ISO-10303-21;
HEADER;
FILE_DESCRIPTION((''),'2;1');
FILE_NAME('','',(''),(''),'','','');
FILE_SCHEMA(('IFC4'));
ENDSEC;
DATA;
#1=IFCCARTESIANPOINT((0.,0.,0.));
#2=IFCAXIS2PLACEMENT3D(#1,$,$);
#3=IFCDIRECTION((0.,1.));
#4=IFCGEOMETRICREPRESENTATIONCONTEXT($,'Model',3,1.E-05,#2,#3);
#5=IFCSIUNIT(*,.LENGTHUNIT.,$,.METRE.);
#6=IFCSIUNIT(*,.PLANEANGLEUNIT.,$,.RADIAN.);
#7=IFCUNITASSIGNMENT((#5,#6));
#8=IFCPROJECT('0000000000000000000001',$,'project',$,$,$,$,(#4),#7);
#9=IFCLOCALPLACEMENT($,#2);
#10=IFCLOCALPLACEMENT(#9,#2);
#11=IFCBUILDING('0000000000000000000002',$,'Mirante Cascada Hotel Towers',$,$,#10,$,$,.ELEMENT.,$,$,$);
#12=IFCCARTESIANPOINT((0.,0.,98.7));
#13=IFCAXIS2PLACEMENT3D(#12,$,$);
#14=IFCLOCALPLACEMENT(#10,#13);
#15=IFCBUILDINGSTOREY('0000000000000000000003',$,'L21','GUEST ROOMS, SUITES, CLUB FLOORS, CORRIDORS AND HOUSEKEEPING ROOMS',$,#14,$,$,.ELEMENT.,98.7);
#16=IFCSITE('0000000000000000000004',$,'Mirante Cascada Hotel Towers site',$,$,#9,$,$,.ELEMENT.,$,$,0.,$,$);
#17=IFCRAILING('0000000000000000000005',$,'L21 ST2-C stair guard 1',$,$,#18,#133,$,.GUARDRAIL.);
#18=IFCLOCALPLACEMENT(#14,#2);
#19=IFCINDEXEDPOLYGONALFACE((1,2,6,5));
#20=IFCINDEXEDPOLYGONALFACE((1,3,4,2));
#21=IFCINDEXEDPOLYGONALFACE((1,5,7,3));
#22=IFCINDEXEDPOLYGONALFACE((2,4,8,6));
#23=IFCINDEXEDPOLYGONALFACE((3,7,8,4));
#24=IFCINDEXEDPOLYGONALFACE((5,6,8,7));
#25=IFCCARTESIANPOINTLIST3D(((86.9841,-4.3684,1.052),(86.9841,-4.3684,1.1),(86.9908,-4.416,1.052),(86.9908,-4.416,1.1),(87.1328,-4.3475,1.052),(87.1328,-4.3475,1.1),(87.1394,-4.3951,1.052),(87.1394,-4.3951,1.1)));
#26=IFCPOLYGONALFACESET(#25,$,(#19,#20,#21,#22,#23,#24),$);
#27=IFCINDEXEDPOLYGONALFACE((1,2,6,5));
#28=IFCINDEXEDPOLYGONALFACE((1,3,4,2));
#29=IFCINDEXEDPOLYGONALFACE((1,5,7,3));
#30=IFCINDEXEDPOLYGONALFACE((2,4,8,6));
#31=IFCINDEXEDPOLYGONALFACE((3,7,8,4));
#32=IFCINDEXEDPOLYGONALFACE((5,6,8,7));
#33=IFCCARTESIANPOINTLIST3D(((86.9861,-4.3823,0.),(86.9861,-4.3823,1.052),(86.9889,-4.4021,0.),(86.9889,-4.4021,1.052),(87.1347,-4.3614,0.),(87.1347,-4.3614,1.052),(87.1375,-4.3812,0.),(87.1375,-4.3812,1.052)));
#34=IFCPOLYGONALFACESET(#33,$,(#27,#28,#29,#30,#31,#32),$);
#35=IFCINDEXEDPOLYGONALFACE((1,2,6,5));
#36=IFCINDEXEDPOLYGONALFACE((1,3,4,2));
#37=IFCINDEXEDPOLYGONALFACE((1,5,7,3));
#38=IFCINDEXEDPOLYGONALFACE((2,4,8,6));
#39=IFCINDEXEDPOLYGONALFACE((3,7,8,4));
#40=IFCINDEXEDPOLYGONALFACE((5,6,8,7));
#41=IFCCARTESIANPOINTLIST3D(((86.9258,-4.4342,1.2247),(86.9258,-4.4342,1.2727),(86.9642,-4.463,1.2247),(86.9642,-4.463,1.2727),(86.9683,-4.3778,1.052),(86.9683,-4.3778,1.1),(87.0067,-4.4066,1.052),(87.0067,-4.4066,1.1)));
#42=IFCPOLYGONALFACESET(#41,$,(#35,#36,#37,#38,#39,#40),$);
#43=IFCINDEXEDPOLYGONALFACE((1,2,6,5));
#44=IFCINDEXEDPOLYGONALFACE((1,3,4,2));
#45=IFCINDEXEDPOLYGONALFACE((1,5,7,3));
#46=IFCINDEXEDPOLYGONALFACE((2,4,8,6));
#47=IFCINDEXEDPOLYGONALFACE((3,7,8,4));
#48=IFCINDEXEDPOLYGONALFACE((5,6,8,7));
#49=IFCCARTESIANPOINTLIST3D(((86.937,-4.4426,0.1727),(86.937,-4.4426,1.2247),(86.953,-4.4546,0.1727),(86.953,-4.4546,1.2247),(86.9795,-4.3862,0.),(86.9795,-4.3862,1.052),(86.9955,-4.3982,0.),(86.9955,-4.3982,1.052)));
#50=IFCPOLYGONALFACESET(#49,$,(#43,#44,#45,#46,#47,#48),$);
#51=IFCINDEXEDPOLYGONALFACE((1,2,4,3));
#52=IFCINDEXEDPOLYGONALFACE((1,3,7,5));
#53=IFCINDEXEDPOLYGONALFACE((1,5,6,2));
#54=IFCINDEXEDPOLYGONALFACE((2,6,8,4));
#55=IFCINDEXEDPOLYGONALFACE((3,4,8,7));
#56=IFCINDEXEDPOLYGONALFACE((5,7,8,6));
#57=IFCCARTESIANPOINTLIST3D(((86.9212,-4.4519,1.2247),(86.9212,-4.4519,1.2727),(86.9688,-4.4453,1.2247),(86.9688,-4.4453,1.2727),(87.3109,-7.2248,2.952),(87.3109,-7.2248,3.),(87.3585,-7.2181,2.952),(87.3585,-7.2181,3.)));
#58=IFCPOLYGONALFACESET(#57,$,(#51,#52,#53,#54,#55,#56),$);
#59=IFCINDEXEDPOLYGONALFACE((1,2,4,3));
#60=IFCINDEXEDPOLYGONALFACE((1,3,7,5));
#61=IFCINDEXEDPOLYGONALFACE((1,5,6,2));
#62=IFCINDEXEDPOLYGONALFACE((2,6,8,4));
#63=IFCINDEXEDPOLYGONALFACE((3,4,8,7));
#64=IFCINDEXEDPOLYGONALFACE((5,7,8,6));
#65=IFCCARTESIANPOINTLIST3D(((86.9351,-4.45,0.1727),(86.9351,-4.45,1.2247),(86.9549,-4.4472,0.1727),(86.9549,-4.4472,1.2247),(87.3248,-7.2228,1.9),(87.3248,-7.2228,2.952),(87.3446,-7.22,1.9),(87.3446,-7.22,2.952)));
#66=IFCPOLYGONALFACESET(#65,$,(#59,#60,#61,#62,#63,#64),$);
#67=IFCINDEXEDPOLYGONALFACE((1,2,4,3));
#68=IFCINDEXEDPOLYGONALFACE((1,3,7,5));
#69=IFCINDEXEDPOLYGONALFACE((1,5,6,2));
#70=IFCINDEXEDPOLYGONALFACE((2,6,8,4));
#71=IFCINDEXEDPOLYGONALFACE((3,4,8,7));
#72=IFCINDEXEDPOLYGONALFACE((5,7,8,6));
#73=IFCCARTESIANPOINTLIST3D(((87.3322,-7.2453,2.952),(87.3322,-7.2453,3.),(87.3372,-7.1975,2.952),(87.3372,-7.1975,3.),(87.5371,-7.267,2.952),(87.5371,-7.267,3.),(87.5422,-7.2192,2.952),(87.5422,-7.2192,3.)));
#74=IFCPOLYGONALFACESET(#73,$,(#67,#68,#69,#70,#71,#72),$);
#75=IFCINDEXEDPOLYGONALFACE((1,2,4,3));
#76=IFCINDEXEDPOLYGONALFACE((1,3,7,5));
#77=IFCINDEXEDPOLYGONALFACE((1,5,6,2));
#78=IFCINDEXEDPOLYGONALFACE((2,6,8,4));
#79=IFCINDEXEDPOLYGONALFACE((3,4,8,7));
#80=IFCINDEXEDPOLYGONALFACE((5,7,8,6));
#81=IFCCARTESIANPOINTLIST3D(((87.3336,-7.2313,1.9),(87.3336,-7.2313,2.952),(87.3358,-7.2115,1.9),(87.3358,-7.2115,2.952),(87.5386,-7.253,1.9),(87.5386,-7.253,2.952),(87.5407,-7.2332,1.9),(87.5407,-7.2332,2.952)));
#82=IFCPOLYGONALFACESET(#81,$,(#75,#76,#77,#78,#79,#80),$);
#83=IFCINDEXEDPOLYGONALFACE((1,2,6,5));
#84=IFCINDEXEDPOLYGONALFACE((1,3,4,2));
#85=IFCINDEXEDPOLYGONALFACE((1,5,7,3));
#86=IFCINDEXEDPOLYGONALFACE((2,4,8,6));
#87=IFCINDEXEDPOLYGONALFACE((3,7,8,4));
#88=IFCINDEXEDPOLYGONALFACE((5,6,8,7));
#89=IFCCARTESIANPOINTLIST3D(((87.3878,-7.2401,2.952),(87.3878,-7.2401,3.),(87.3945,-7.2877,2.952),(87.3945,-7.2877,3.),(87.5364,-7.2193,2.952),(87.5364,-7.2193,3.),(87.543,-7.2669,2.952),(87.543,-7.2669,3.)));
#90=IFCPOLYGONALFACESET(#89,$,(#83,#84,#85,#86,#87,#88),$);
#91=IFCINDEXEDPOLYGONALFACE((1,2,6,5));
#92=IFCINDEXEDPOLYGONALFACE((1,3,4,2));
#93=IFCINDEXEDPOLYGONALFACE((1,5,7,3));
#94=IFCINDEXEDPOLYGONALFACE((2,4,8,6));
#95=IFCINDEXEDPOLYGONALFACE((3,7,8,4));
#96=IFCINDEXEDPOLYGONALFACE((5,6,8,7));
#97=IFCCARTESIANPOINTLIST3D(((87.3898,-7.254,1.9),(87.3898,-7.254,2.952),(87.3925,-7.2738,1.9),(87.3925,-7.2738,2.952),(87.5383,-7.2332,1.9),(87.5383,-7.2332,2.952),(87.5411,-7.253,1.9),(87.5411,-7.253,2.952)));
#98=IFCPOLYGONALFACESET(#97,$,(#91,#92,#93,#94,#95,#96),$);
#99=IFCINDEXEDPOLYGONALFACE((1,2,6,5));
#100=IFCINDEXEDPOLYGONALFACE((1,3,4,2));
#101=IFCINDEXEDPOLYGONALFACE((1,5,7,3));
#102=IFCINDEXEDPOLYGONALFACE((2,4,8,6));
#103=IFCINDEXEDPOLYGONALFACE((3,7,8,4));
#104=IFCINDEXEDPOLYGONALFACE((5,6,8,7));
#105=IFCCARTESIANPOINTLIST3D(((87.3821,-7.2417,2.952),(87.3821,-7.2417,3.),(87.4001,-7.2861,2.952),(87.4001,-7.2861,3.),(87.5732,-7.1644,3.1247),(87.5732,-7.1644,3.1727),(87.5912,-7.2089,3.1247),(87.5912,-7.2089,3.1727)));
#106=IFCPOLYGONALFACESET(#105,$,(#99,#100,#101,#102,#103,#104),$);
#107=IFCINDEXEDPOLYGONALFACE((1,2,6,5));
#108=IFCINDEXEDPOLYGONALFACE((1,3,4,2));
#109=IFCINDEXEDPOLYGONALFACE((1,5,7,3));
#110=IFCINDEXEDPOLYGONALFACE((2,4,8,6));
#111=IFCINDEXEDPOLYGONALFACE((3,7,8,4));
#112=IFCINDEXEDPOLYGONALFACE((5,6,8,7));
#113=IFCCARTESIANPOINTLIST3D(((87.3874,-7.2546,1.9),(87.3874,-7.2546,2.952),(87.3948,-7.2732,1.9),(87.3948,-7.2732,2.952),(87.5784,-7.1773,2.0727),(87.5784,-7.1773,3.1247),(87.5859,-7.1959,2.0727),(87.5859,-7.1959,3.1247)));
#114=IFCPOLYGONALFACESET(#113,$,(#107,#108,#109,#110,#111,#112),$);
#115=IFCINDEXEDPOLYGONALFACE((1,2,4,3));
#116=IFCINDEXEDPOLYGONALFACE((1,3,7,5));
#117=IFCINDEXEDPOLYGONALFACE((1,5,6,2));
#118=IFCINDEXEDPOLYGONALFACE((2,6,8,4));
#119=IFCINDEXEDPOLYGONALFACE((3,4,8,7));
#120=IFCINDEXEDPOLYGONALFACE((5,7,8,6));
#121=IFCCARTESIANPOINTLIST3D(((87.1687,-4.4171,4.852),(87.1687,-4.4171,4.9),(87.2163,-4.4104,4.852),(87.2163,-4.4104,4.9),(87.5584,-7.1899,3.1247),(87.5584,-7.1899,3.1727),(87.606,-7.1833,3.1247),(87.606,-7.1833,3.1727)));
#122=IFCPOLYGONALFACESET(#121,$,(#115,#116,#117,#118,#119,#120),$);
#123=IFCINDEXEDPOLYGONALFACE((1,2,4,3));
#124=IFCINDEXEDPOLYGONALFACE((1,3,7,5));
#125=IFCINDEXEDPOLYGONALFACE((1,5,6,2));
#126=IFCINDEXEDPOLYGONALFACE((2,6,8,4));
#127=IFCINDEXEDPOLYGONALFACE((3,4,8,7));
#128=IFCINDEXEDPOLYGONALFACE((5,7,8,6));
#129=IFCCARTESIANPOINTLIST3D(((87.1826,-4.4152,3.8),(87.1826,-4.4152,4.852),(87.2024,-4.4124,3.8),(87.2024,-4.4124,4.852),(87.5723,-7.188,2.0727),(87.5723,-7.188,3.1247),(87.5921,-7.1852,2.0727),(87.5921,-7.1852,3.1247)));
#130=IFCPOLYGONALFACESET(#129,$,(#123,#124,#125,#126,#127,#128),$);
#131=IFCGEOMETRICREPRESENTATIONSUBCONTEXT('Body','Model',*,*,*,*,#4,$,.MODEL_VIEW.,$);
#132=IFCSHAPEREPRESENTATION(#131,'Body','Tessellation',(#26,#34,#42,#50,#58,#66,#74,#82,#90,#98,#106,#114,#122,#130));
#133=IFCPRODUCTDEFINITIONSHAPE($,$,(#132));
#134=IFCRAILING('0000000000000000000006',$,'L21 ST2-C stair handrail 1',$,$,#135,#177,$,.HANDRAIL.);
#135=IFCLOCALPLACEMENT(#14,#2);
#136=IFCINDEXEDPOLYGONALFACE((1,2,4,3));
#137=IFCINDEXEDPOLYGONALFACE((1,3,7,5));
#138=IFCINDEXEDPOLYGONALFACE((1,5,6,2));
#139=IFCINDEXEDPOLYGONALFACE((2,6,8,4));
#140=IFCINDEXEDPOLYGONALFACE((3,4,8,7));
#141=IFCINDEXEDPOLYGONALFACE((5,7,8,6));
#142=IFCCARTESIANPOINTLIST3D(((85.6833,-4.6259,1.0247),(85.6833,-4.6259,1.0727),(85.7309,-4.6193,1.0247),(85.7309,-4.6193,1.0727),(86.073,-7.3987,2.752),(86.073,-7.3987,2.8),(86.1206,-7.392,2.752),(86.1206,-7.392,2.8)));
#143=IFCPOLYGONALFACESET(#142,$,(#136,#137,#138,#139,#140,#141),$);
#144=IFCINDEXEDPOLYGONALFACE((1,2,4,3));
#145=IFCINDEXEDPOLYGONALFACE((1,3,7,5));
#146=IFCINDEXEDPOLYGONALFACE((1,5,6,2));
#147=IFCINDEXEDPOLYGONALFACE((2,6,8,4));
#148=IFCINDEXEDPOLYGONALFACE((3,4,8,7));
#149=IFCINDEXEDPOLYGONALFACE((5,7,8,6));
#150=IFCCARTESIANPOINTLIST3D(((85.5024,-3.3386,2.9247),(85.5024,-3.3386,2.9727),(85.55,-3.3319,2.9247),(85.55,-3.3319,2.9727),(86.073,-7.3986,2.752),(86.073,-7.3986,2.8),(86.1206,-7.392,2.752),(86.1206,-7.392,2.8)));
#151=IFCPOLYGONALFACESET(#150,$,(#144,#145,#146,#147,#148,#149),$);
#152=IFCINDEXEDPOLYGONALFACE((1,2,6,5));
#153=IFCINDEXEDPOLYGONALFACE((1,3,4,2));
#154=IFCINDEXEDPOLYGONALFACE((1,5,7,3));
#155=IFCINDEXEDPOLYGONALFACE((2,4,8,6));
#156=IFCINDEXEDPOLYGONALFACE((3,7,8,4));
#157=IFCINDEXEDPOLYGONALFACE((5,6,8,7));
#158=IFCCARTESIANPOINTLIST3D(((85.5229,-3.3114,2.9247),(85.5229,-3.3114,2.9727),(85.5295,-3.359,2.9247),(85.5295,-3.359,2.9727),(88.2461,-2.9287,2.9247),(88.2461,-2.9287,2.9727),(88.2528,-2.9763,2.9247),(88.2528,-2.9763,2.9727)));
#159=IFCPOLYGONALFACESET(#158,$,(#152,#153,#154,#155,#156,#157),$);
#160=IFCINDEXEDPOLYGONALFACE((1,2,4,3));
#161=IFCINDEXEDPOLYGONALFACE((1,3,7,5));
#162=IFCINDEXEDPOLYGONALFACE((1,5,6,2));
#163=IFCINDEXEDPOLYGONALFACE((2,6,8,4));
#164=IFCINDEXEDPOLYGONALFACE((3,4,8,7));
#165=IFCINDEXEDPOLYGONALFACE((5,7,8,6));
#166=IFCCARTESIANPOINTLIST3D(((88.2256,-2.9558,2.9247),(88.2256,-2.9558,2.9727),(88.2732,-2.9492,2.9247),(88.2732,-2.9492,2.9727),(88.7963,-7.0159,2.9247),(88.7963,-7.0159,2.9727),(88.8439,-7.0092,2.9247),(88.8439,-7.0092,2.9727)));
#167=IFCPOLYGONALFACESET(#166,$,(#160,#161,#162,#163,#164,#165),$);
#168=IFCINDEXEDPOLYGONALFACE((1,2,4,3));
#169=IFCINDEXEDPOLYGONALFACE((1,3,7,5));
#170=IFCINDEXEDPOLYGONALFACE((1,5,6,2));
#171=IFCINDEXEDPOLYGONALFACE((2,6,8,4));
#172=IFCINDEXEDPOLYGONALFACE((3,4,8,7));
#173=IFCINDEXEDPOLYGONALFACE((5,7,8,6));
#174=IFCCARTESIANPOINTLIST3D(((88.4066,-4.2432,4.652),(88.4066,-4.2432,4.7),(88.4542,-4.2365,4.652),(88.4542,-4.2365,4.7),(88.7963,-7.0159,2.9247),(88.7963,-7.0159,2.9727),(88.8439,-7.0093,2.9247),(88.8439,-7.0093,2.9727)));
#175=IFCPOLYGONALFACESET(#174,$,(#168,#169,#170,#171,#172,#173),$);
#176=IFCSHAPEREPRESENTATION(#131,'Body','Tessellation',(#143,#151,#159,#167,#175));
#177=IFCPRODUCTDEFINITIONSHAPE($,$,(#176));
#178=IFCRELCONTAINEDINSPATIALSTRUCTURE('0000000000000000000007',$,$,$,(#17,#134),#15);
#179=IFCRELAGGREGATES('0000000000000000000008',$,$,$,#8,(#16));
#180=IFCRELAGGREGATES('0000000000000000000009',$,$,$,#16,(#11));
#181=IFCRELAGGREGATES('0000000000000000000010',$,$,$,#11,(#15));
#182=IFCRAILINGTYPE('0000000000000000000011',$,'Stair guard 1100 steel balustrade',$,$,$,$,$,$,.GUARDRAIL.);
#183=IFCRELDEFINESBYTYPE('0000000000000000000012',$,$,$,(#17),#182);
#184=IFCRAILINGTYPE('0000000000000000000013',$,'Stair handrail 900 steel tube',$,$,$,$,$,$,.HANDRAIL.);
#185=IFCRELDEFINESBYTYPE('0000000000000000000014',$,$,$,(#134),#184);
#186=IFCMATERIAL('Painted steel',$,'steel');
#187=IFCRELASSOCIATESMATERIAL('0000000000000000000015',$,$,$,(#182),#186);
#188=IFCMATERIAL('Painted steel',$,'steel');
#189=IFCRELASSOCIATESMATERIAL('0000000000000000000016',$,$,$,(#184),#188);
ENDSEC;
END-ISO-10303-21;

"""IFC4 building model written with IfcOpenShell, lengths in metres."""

from ifc_helpers import new_model, si_unit, direction, frame, origin, origin_2d, place, context, subcontext, project, spatial, rectangle, extrude, material, type_object, element, save


model = new_model("IFC4")

# Units and contexts
model_context = context("Model", 3, precision=1e-05, world=origin(), true_north=direction((0.0, 1.0)))
body_context = subcontext(model_context, "Body", "Model", "MODEL_VIEW")
ifc_project = project(units=[si_unit("LENGTHUNIT", "METRE"), si_unit("PLANEANGLEUNIT", "RADIAN")], contexts=[model_context])

# Site, building, storey
site_placement = place(None, origin())
site = spatial("IfcSite", under=ifc_project, at=site_placement, Name="Mirante Cascada Hotel Towers site", CompositionType="ELEMENT", RefElevation=0.0)
building_placement = place(site_placement, origin())
building = spatial("IfcBuilding", under=site, at=building_placement, Name="Mirante Cascada Hotel Towers", CompositionType="ELEMENT")
storey_placement = place(building_placement, frame((0.0, 0.0, 98.7)))
storey = spatial("IfcBuildingStorey", under=building, at=storey_placement, Name="L21", Description="GUEST ROOMS, SUITES, CLUB FLOORS, CORRIDORS AND HOUSEKEEPING ROOMS", CompositionType="ELEMENT", Elevation=98.7)

# Railings
ifc_material_1 = material(Name="Painted steel", Category="steel")
railing_type_1 = type_object("IfcRailingType", Name="Stair guard 1100 steel balustrade", PredefinedType="GUARDRAIL", material=ifc_material_1)
railing_1_placement = place(storey_placement, frame((87.1361, -4.3713, 0.0)))
element("IfcRailing", 1, at=railing_1_placement, inside=storey, type_object=railing_type_1, Name="L21 ST2-C stair guard 1", PredefinedType="GUARDRAIL", context=body_context, shape_type="SweptSolid", body=[
    extrude(rectangle(XDim=0.048, YDim=0.048, at=origin_2d()), frame((0.0, 0.0, 1.076), z_axis=(-0.990254, -0.139275, 0.0), x_axis=(0.139275, -0.990254, 0.0)), (0.0, 0.0, 1.0), 0.1501),
    extrude(rectangle(XDim=0.02, YDim=1.052, at=origin_2d()), frame((0.0, 0.0, 0.526), z_axis=(-0.990254, -0.139275, 0.0), x_axis=(0.139275, -0.990254, 0.0)), (0.0, 0.0, 1.0), 0.1501),
    extrude(rectangle(XDim=0.048, YDim=0.048, at=origin_2d()), frame((-0.1486, -0.0209, 1.076), z_axis=(-0.601811, -0.798639, 0.0), x_axis=(0.798639, -0.601811, 0.0)), (0.0, 0.925603, 0.378496), 0.1866),
    extrude(rectangle(XDim=0.02, YDim=1.052, at=origin_2d()), frame((-0.1486, -0.0209, 0.526), z_axis=(-0.601811, -0.798639, 0.0), x_axis=(0.798639, -0.601811, 0.0)), (0.0, 0.925603, 0.378496), 0.1866),
    extrude(rectangle(XDim=0.048, YDim=0.048, at=origin_2d()), frame((-0.1911, -0.0773, 1.2487), z_axis=(0.139176, -0.990268, 0.0), x_axis=(0.990268, 0.139176, 0.0)), (0.0, 0.525021, 0.851089), 3.29),
    extrude(rectangle(XDim=0.02, YDim=1.052, at=origin_2d()), frame((-0.1911, -0.0773, 0.6987), z_axis=(0.139176, -0.990268, 0.0), x_axis=(0.990268, 0.139176, 0.0)), (0.0, 0.525021, 0.851089), 3.29),
    extrude(rectangle(XDim=0.048, YDim=0.048, at=origin_2d()), frame((0.1986, -2.8501, 2.976), z_axis=(0.994444, -0.105266, 0.0), x_axis=(0.105266, 0.994444, 0.0)), (0.0, 0.0, 1.0), 0.2061),
    extrude(rectangle(XDim=0.02, YDim=1.052, at=origin_2d()), frame((0.1986, -2.8501, 2.426), z_axis=(0.994444, -0.105266, 0.0), x_axis=(0.105266, 0.994444, 0.0)), (0.0, 0.0, 1.0), 0.2061),
    extrude(rectangle(XDim=0.048, YDim=0.048, at=origin_2d()), frame((0.4036, -2.8718, 2.976), z_axis=(-0.990345, -0.138622, 0.0), x_axis=(0.138622, -0.990345, 0.0)), (0.0, 0.0, 1.0), 0.15),
    extrude(rectangle(XDim=0.02, YDim=1.052, at=origin_2d()), frame((0.4036, -2.8718, 2.426), z_axis=(-0.990345, -0.138622, 0.0), x_axis=(0.138622, -0.990345, 0.0)), (0.0, 0.0, 1.0), 0.15),
    extrude(rectangle(XDim=0.048, YDim=0.048, at=origin_2d()), frame((0.255, -2.8926, 2.976), z_axis=(0.927031, 0.374984, 0.0), x_axis=(-0.374984, 0.927031, 0.0)), (0.0, 0.64219, 0.766545), 0.2689),
    extrude(rectangle(XDim=0.02, YDim=1.052, at=origin_2d()), frame((0.255, -2.8926, 2.426), z_axis=(0.927031, 0.374984, 0.0), x_axis=(-0.374984, 0.927031, 0.0)), (0.0, 0.64219, 0.766545), 0.2689),
    extrude(rectangle(XDim=0.048, YDim=0.048, at=origin_2d()), frame((0.4461, -2.8153, 3.1487), z_axis=(-0.139176, 0.990268, 0.0), x_axis=(-0.990268, -0.139176, 0.0)), (0.0, 0.525021, 0.851089), 3.29),
    extrude(rectangle(XDim=0.02, YDim=1.052, at=origin_2d()), frame((0.4461, -2.8153, 2.5987), z_axis=(-0.139176, 0.990268, 0.0), x_axis=(-0.990268, -0.139176, 0.0)), (0.0, 0.525021, 0.851089), 3.29),
])
ifc_material_2 = material(Name="Painted steel", Category="steel")
railing_type_2 = type_object("IfcRailingType", Name="Stair handrail 900 steel tube", PredefinedType="HANDRAIL", material=ifc_material_2)
railing_2_placement = place(storey_placement, frame((85.7071, -4.6226, 0.1727)))
element("IfcRailing", 2, at=railing_2_placement, inside=storey, type_object=railing_type_2, Name="L21 ST2-C stair handrail 1", PredefinedType="HANDRAIL", context=body_context, shape_type="SweptSolid", body=[
    extrude(rectangle(XDim=0.048, YDim=0.048, at=origin_2d()), frame((0.0, 0.0, 0.876), z_axis=(0.139181, -0.990267, 0.0), x_axis=(0.990267, 0.139181, 0.0)), (0.0, 0.525035, 0.851081), 3.2899),
    extrude(rectangle(XDim=0.048, YDim=0.048, at=origin_2d()), frame((0.3897, -2.7727, 2.6033), z_axis=(-0.139171, 0.990268, 0.0), x_axis=(-0.990268, -0.139171, 0.0)), (0.0, 0.042085, 0.999114), 4.1036),
    extrude(rectangle(XDim=0.048, YDim=0.048, at=origin_2d()), frame((-0.1809, 1.2874, 2.776), z_axis=(0.990269, 0.139166, 0.0), x_axis=(-0.139166, 0.990269, 0.0)), (0.0, 0.0, 1.0), 2.75),
    extrude(rectangle(XDim=0.048, YDim=0.048, at=origin_2d()), frame((2.5423, 1.6701, 2.776), z_axis=(0.139195, -0.990265, 0.0), x_axis=(0.990265, 0.139195, 0.0)), (0.0, 0.0, 1.0), 4.1),
    extrude(rectangle(XDim=0.048, YDim=0.048, at=origin_2d()), frame((3.113, -2.39, 2.776), z_axis=(-0.139181, 0.990267, 0.0), x_axis=(-0.990267, -0.139181, 0.0)), (0.0, 0.525035, 0.851081), 3.2899),
])

save(model, "model.ifc")
